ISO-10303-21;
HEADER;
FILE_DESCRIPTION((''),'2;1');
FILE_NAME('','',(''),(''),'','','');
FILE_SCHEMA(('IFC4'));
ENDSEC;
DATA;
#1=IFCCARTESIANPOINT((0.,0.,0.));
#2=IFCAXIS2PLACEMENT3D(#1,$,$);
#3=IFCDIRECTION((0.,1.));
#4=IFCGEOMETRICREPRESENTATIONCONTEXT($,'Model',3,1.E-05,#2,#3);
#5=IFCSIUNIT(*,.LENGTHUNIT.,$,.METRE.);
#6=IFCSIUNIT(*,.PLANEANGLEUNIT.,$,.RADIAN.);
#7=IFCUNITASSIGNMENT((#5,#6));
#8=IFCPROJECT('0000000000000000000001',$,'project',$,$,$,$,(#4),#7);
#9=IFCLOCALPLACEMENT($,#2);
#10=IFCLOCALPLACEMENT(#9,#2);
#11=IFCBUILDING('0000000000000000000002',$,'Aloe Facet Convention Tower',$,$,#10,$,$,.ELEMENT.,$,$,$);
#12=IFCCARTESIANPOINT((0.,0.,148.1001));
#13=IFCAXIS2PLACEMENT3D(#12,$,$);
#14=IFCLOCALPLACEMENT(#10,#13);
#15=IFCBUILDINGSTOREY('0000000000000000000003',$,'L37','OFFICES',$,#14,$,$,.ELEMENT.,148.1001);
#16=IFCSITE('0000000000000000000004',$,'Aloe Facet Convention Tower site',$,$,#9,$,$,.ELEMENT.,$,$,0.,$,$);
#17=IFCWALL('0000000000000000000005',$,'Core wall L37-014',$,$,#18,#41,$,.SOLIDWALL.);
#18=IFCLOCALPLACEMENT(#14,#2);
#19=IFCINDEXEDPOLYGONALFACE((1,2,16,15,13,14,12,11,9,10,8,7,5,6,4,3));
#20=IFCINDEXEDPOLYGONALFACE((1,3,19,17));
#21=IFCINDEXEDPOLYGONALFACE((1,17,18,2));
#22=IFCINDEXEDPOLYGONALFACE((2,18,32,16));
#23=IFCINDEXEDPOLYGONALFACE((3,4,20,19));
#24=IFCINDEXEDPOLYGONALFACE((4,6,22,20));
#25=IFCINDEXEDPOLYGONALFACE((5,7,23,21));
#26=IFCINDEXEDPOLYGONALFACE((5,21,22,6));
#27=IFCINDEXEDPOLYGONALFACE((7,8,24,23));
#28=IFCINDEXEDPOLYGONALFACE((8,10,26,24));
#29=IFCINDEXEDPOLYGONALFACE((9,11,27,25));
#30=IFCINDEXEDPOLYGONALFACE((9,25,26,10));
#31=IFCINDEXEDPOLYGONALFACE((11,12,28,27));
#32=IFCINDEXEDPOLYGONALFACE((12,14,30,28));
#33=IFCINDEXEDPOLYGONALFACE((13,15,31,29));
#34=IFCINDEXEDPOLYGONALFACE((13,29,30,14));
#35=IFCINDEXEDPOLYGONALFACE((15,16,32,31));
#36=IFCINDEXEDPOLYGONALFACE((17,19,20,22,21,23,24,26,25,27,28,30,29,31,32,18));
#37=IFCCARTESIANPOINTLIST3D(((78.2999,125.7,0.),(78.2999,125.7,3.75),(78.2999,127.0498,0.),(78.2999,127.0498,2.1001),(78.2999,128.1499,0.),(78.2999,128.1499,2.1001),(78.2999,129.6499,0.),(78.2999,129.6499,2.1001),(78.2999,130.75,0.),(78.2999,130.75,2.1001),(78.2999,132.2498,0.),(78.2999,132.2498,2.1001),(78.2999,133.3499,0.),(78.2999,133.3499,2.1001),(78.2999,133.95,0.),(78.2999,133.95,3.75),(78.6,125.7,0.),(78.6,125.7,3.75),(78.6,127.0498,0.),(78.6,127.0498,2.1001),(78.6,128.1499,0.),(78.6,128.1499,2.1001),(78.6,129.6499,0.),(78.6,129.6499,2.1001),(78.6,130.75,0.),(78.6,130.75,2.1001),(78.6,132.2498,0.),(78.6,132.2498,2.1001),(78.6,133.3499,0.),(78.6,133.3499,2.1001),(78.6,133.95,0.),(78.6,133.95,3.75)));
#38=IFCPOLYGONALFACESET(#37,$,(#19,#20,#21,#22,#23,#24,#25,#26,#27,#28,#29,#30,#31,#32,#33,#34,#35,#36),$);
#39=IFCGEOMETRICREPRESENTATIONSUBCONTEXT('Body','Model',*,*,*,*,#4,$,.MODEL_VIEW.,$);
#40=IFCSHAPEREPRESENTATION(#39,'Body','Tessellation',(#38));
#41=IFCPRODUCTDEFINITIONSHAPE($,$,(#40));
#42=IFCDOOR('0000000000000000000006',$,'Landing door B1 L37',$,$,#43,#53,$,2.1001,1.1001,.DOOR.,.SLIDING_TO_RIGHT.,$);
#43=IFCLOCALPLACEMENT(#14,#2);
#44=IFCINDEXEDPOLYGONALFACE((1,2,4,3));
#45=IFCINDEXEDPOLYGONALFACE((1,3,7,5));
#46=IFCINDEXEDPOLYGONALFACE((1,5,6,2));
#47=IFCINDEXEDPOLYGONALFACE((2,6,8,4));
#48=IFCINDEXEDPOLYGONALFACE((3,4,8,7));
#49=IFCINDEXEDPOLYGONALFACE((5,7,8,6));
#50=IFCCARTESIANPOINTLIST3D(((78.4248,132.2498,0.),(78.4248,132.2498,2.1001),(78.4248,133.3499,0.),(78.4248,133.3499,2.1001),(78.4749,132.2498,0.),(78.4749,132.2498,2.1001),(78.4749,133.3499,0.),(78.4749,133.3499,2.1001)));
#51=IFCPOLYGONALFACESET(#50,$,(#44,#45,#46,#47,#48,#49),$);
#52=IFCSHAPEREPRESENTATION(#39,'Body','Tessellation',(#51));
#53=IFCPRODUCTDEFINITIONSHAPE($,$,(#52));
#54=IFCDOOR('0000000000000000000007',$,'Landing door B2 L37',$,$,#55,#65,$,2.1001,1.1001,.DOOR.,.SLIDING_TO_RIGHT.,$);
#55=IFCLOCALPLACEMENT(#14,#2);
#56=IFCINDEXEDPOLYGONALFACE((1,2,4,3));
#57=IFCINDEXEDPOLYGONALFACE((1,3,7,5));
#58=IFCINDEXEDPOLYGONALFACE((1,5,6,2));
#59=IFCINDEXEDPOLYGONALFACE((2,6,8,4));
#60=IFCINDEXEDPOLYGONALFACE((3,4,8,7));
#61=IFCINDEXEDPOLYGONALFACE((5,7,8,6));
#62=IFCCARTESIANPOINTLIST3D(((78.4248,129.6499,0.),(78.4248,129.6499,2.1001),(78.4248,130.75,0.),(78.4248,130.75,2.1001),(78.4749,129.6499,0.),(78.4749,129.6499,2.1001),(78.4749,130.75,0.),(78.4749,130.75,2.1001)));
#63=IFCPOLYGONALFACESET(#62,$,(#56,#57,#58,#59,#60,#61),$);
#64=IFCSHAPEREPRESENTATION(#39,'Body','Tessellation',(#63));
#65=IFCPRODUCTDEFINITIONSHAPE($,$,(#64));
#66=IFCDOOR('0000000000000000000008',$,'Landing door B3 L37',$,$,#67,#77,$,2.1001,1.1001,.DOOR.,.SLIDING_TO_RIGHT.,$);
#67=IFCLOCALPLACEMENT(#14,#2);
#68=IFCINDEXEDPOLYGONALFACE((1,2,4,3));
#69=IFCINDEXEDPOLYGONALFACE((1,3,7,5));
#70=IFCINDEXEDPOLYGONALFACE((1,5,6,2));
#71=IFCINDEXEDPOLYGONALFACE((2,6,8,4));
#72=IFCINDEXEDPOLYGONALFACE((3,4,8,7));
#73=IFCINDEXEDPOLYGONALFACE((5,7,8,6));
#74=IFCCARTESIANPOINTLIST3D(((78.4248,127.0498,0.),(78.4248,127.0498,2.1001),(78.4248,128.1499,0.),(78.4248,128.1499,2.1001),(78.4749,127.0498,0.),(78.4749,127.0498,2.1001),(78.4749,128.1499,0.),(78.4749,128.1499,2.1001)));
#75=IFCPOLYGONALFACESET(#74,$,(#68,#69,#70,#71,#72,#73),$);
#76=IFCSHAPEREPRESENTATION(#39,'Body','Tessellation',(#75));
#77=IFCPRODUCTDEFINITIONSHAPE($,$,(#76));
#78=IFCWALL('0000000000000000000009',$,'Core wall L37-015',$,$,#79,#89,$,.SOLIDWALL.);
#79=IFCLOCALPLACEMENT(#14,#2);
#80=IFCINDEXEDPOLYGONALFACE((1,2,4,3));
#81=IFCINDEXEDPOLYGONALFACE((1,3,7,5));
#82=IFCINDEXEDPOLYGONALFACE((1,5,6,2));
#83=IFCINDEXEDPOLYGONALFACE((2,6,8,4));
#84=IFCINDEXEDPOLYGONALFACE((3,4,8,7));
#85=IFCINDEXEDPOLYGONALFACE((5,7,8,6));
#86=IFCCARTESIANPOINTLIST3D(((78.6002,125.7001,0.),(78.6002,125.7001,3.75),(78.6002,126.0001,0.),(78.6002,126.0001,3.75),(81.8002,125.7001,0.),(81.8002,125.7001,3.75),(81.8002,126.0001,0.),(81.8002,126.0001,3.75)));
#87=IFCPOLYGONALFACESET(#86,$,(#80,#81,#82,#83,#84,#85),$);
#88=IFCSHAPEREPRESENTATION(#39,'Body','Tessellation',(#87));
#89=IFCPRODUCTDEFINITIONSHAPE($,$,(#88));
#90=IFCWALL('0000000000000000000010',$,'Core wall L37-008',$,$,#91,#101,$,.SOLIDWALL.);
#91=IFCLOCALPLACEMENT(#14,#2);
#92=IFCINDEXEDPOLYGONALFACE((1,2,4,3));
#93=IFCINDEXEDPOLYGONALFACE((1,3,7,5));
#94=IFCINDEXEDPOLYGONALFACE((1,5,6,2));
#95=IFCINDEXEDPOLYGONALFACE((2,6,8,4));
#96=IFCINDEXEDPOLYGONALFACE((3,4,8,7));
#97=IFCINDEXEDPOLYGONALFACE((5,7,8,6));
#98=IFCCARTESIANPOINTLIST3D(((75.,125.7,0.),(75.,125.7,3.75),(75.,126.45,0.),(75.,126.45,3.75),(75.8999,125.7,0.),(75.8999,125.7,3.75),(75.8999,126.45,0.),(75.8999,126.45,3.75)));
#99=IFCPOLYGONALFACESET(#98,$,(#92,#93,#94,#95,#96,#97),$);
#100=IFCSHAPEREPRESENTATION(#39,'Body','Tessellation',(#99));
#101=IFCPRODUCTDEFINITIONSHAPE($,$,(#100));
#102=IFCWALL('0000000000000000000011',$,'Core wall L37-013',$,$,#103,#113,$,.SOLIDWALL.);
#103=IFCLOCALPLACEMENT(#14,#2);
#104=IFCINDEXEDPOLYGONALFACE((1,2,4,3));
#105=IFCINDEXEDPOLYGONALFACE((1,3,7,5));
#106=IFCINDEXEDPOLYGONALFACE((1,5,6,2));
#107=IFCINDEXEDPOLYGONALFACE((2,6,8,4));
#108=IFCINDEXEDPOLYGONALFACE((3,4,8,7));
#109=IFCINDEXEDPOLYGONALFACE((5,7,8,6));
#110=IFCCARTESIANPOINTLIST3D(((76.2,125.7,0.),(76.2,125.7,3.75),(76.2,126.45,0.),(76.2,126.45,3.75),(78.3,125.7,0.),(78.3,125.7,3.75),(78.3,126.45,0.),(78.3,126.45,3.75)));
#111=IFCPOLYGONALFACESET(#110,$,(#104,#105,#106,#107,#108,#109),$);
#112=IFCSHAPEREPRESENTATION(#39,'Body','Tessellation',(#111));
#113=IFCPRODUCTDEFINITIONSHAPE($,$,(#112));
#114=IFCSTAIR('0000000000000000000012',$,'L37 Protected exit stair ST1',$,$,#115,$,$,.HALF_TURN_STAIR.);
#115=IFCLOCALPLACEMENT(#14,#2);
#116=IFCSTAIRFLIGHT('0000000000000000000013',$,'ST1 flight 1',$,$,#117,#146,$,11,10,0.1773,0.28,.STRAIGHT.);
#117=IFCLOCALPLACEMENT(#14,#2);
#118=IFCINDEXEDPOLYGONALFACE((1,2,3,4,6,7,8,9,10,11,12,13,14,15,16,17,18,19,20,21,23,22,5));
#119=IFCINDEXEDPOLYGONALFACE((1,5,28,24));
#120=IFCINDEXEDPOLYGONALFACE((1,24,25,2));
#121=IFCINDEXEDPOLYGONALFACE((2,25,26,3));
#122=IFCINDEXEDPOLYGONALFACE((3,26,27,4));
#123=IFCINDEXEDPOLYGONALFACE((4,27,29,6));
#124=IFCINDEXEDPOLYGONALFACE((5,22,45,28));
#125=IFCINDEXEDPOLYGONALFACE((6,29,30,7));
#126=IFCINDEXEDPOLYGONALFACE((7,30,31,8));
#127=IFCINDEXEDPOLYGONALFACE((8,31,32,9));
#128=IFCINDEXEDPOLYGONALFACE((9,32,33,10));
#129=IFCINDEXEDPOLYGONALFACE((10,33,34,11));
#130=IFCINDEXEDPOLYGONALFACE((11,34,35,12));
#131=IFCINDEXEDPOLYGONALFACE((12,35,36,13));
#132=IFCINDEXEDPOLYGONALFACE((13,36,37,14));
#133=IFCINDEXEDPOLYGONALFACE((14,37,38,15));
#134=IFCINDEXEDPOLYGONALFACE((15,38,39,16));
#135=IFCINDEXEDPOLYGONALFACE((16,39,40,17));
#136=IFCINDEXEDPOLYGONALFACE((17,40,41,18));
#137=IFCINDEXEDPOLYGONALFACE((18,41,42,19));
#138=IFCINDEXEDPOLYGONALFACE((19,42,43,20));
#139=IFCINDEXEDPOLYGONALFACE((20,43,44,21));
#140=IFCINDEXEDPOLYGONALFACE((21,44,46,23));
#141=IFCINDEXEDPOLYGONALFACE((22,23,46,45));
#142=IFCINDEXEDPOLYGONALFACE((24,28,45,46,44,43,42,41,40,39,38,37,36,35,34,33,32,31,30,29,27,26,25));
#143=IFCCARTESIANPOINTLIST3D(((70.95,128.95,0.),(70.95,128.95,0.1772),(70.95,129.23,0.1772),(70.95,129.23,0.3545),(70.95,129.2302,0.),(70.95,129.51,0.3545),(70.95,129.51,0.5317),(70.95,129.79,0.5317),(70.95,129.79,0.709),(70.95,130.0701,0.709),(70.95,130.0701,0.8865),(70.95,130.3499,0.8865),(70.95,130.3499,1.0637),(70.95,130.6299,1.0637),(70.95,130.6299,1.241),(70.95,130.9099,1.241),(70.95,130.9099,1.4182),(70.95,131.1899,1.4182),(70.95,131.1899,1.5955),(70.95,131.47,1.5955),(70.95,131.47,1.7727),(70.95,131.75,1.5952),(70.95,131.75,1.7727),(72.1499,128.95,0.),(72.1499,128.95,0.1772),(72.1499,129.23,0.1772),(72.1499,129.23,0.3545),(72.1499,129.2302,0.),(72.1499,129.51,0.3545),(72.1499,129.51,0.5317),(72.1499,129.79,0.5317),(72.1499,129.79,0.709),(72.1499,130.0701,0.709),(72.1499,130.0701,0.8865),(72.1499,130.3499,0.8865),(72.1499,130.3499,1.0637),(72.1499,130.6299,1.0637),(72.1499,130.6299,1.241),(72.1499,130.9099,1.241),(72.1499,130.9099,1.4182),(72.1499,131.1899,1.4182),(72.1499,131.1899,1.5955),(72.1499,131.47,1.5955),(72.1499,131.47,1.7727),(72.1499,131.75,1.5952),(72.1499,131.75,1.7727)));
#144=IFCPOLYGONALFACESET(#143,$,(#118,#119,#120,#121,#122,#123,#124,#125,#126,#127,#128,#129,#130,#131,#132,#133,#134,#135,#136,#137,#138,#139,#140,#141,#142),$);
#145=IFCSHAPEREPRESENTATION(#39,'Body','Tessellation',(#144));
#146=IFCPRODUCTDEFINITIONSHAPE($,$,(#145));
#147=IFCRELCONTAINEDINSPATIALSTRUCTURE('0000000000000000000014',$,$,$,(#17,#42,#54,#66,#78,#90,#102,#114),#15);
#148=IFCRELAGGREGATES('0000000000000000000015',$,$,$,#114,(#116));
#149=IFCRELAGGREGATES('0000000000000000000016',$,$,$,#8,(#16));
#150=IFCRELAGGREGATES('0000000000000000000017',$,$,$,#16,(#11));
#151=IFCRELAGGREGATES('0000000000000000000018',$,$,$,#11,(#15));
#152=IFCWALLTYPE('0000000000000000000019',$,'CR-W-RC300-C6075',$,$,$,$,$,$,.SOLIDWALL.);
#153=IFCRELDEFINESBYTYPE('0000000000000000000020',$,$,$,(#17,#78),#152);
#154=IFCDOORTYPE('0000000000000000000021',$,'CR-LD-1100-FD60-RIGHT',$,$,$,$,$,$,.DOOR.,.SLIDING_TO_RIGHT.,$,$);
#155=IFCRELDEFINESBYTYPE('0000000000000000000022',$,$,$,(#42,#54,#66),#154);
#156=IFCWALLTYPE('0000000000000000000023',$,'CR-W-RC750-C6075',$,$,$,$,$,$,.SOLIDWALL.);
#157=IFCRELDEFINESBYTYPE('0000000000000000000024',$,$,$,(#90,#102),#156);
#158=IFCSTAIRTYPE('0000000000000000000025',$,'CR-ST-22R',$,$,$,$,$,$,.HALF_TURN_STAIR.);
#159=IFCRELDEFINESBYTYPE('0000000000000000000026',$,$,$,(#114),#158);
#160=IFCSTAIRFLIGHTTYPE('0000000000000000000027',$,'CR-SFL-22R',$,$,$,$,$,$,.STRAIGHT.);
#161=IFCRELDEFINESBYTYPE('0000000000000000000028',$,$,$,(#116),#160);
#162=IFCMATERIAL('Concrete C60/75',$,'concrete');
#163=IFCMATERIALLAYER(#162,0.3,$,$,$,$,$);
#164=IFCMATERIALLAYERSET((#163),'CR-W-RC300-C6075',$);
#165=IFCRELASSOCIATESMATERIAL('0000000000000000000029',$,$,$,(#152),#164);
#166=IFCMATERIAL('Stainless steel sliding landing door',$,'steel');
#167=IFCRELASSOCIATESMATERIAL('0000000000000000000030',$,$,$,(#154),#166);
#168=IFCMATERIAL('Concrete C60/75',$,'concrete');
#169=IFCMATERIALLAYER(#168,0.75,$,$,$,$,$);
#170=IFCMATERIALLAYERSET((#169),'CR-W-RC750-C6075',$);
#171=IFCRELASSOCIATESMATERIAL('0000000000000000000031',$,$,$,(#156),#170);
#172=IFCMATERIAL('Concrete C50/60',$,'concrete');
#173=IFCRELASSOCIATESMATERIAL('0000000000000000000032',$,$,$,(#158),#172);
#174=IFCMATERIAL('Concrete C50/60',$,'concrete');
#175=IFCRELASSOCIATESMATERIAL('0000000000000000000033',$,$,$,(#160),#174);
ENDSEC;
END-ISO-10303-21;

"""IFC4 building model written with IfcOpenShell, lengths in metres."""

from ifc_helpers import new_model, si_unit, direction, frame, frame_2d, origin, place, context, subcontext, project, spatial, polyline, rectangle, outline, extrude, material, layer, layer_set, type_object, element, fill, aggregate, save


model = new_model("IFC4")

# Units and contexts
model_context = context("Model", 3, precision=1e-05, world=origin(), true_north=direction((0.0, 1.0)))
body_context = subcontext(model_context, "Body", "Model", "MODEL_VIEW")
ifc_project = project(units=[si_unit("LENGTHUNIT", "METRE"), si_unit("PLANEANGLEUNIT", "RADIAN")], contexts=[model_context])

# Site, building, storey
site_placement = place(None, origin())
site = spatial("IfcSite", under=ifc_project, at=site_placement, Name="Aloe Facet Convention Tower site", CompositionType="ELEMENT", RefElevation=0.0)
building_placement = place(site_placement, origin())
building = spatial("IfcBuilding", under=site, at=building_placement, Name="Aloe Facet Convention Tower", CompositionType="ELEMENT")
storey_placement = place(building_placement, frame((0.0, 0.0, 148.1001)))
storey = spatial("IfcBuildingStorey", under=building, at=storey_placement, Name="L37", Description="OFFICES", CompositionType="ELEMENT", Elevation=148.1001)

# Shared definitions
ifc_material_1 = material(Name="Concrete C60/75", Category="concrete")
ifc_layer_1 = layer(ifc_material_1, 0.3)
ifc_layer_set_1 = layer_set([ifc_layer_1], Name="CR-W-RC300-C6075")
wall_type_1 = type_object("IfcWallType", Name="CR-W-RC300-C6075", PredefinedType="SOLIDWALL", material=ifc_layer_set_1)

# Wall, openings, doors
wall_1_placement = place(storey_placement, frame((78.45, 133.95, 0.0), z_axis=(0.0, 0.0, 1.0), x_axis=(0.0, -1.0, 0.0)))
wall_1 = element("IfcWall", 1, at=wall_1_placement, inside=storey, type_object=wall_type_1, Name="Core wall L37-014", PredefinedType="SOLIDWALL", context=body_context, shape_type="SweptSolid", body=[
    extrude(rectangle(XDim=8.25, YDim=0.3, at=frame_2d((4.125, 0.0))), origin(), (0.0, 0.0, 1.0), 3.75),
])
opening_1_placement = place(wall_1_placement, frame((0.6001, 0.0, 0.0)))
opening_1 = element("IfcOpeningElement", 2, at=opening_1_placement, cuts=wall_1, PredefinedType="OPENING", context=body_context, shape_type="SweptSolid", body=[
    extrude(rectangle(XDim=1.1001, YDim=2.1001, at=frame_2d((0.55, 1.05))), frame((0.0, 0.1602, 0.0), z_axis=(0.0, -1.0, 0.0), x_axis=(1.0, 0.0, 0.0)), (0.0, 0.0, 1.0), 0.3201),
])
opening_2_placement = place(wall_1_placement, frame((3.2, 0.0, 0.0)))
opening_2 = element("IfcOpeningElement", 3, at=opening_2_placement, cuts=wall_1, PredefinedType="OPENING", context=body_context, shape_type="SweptSolid", body=[
    extrude(rectangle(XDim=1.1001, YDim=2.1001, at=frame_2d((0.55, 1.05))), frame((0.0, 0.1602, 0.0), z_axis=(0.0, -1.0, 0.0), x_axis=(1.0, 0.0, 0.0)), (0.0, 0.0, 1.0), 0.3201),
])
opening_3_placement = place(wall_1_placement, frame((5.8, 0.0, 0.0)))
opening_3 = element("IfcOpeningElement", 4, at=opening_3_placement, cuts=wall_1, PredefinedType="OPENING", context=body_context, shape_type="SweptSolid", body=[
    extrude(rectangle(XDim=1.1001, YDim=2.1001, at=frame_2d((0.55, 1.05))), frame((0.0, 0.1602, 0.0), z_axis=(0.0, -1.0, 0.0), x_axis=(1.0, 0.0, 0.0)), (0.0, 0.0, 1.0), 0.3201),
])
ifc_material_2 = material(Name="Stainless steel sliding landing door", Category="steel")
door_type_1 = type_object("IfcDoorType", Name="CR-LD-1100-FD60-RIGHT", OperationType="SLIDING_TO_RIGHT", PredefinedType="DOOR", material=ifc_material_2)
door_1_placement = place(opening_1_placement, origin())
door_1 = element("IfcDoor", 5, at=door_1_placement, inside=storey, type_object=door_type_1, Name="Landing door B1 L37", OperationType="SLIDING_TO_RIGHT", OverallHeight=2.1001, OverallWidth=1.1001, PredefinedType="DOOR", context=body_context, shape_type="SweptSolid", body=[
    extrude(rectangle(XDim=1.1001, YDim=2.1001, at=frame_2d((0.55, 1.05))), frame((0.0, 0.0249, 0.0), z_axis=(0.0, -1.0, 0.0), x_axis=(1.0, 0.0, 0.0)), (0.0, 0.0, 1.0), 0.05),
])
fill(opening_1, door_1)
door_2_placement = place(opening_2_placement, origin())
door_2 = element("IfcDoor", 6, at=door_2_placement, inside=storey, type_object=door_type_1, Name="Landing door B2 L37", OperationType="SLIDING_TO_RIGHT", OverallHeight=2.1001, OverallWidth=1.1001, PredefinedType="DOOR", context=body_context, shape_type="SweptSolid", body=[
    extrude(rectangle(XDim=1.1001, YDim=2.1001, at=frame_2d((0.55, 1.05))), frame((0.0, 0.0249, 0.0), z_axis=(0.0, -1.0, 0.0), x_axis=(1.0, 0.0, 0.0)), (0.0, 0.0, 1.0), 0.05),
])
fill(opening_2, door_2)
door_3_placement = place(opening_3_placement, origin())
door_3 = element("IfcDoor", 7, at=door_3_placement, inside=storey, type_object=door_type_1, Name="Landing door B3 L37", OperationType="SLIDING_TO_RIGHT", OverallHeight=2.1001, OverallWidth=1.1001, PredefinedType="DOOR", context=body_context, shape_type="SweptSolid", body=[
    extrude(rectangle(XDim=1.1001, YDim=2.1001, at=frame_2d((0.55, 1.05))), frame((0.0, 0.0249, 0.0), z_axis=(0.0, -1.0, 0.0), x_axis=(1.0, 0.0, 0.0)), (0.0, 0.0, 1.0), 0.05),
])
fill(opening_3, door_3)

# Walls
wall_2_placement = place(storey_placement, frame((78.6001, 125.8501, 0.0), z_axis=(0.0, 0.0, 1.0), x_axis=(1.0, 0.0, 0.0)))
element("IfcWall", 8, at=wall_2_placement, inside=storey, type_object=wall_type_1, Name="Core wall L37-015", PredefinedType="SOLIDWALL", context=body_context, shape_type="SweptSolid", body=[
    extrude(rectangle(XDim=3.2, YDim=0.3, at=frame_2d((1.6001, 0.0))), origin(), (0.0, 0.0, 1.0), 3.75),
])
ifc_material_3 = material(Name="Concrete C60/75", Category="concrete")
ifc_layer_2 = layer(ifc_material_3, 0.75)
ifc_layer_set_2 = layer_set([ifc_layer_2], Name="CR-W-RC750-C6075")
wall_type_2 = type_object("IfcWallType", Name="CR-W-RC750-C6075", PredefinedType="SOLIDWALL", material=ifc_layer_set_2)
wall_3_placement = place(storey_placement, frame((75.0, 126.075, 0.0), z_axis=(0.0, 0.0, 1.0), x_axis=(1.0, 0.0, 0.0)))
element("IfcWall", 9, at=wall_3_placement, inside=storey, type_object=wall_type_2, Name="Core wall L37-008", PredefinedType="SOLIDWALL", context=body_context, shape_type="SweptSolid", body=[
    extrude(rectangle(XDim=0.8999, YDim=0.75, at=frame_2d((0.45, 0.0))), origin(), (0.0, 0.0, 1.0), 3.75),
])
wall_4_placement = place(storey_placement, frame((76.2, 126.075, 0.0), z_axis=(0.0, 0.0, 1.0), x_axis=(1.0, 0.0, 0.0)))
element("IfcWall", 10, at=wall_4_placement, inside=storey, type_object=wall_type_2, Name="Core wall L37-013", PredefinedType="SOLIDWALL", context=body_context, shape_type="SweptSolid", body=[
    extrude(rectangle(XDim=2.1001, YDim=0.75, at=frame_2d((1.05, 0.0))), origin(), (0.0, 0.0, 1.0), 3.75),
])

# Stair, stair flight
ifc_material_4 = material(Name="Concrete C50/60", Category="concrete")
stair_type = type_object("IfcStairType", Name="CR-ST-22R", PredefinedType="HALF_TURN_STAIR", material=ifc_material_4)
stair_1_placement = place(storey_placement, origin())
stair_1 = element("IfcStair", 11, at=stair_1_placement, inside=storey, type_object=stair_type, Name="L37 Protected exit stair ST1", PredefinedType="HALF_TURN_STAIR")
ifc_material_5 = material(Name="Concrete C50/60", Category="concrete")
stair_flight_type = type_object("IfcStairFlightType", Name="CR-SFL-22R", PredefinedType="STRAIGHT", material=ifc_material_5)
stair_flight_1_placement = place(storey_placement, frame((71.55, 128.95, 0.0), z_axis=(0.0, 0.0, 1.0), x_axis=(0.0, 1.0, 0.0)))
stair_flight_1 = element("IfcStairFlight", 12, at=stair_flight_1_placement, type_object=stair_flight_type, Name="ST1 flight 1", NumberOfRisers=11, NumberOfTreads=10, PredefinedType="STRAIGHT", RiserHeight=0.1773, TreadLength=0.28, context=body_context, shape_type="SweptSolid", body=[
    extrude(outline(polyline([(0.0, 0.0), (0.0, 0.1772), (0.28, 0.1772), (0.28, 0.3545), (0.5601, 0.3545), (0.5601, 0.5317), (0.8401, 0.5317), (0.8401, 0.709), (1.1201, 0.709), (1.1201, 0.8865), (1.3999, 0.8865), (1.3999, 1.0637), (1.6799, 1.0637), (1.6799, 1.241), (1.96, 1.241), (1.96, 1.4182), (2.24, 1.4182), (2.24, 1.5955), (2.52, 1.5955), (2.52, 1.7727), (2.8, 1.7727), (2.8, 1.95), (2.8, 1.5952), (0.2803, 0.0), (0.0, 0.0)])), frame((0.0, 0.6001, 0.0), z_axis=(0.0, -1.0, 0.0), x_axis=(1.0, 0.0, 0.0)), (0.0, 0.0, 1.0), 1.2),
])
aggregate(stair_1, [stair_flight_1])

save(model, "model.ifc")
